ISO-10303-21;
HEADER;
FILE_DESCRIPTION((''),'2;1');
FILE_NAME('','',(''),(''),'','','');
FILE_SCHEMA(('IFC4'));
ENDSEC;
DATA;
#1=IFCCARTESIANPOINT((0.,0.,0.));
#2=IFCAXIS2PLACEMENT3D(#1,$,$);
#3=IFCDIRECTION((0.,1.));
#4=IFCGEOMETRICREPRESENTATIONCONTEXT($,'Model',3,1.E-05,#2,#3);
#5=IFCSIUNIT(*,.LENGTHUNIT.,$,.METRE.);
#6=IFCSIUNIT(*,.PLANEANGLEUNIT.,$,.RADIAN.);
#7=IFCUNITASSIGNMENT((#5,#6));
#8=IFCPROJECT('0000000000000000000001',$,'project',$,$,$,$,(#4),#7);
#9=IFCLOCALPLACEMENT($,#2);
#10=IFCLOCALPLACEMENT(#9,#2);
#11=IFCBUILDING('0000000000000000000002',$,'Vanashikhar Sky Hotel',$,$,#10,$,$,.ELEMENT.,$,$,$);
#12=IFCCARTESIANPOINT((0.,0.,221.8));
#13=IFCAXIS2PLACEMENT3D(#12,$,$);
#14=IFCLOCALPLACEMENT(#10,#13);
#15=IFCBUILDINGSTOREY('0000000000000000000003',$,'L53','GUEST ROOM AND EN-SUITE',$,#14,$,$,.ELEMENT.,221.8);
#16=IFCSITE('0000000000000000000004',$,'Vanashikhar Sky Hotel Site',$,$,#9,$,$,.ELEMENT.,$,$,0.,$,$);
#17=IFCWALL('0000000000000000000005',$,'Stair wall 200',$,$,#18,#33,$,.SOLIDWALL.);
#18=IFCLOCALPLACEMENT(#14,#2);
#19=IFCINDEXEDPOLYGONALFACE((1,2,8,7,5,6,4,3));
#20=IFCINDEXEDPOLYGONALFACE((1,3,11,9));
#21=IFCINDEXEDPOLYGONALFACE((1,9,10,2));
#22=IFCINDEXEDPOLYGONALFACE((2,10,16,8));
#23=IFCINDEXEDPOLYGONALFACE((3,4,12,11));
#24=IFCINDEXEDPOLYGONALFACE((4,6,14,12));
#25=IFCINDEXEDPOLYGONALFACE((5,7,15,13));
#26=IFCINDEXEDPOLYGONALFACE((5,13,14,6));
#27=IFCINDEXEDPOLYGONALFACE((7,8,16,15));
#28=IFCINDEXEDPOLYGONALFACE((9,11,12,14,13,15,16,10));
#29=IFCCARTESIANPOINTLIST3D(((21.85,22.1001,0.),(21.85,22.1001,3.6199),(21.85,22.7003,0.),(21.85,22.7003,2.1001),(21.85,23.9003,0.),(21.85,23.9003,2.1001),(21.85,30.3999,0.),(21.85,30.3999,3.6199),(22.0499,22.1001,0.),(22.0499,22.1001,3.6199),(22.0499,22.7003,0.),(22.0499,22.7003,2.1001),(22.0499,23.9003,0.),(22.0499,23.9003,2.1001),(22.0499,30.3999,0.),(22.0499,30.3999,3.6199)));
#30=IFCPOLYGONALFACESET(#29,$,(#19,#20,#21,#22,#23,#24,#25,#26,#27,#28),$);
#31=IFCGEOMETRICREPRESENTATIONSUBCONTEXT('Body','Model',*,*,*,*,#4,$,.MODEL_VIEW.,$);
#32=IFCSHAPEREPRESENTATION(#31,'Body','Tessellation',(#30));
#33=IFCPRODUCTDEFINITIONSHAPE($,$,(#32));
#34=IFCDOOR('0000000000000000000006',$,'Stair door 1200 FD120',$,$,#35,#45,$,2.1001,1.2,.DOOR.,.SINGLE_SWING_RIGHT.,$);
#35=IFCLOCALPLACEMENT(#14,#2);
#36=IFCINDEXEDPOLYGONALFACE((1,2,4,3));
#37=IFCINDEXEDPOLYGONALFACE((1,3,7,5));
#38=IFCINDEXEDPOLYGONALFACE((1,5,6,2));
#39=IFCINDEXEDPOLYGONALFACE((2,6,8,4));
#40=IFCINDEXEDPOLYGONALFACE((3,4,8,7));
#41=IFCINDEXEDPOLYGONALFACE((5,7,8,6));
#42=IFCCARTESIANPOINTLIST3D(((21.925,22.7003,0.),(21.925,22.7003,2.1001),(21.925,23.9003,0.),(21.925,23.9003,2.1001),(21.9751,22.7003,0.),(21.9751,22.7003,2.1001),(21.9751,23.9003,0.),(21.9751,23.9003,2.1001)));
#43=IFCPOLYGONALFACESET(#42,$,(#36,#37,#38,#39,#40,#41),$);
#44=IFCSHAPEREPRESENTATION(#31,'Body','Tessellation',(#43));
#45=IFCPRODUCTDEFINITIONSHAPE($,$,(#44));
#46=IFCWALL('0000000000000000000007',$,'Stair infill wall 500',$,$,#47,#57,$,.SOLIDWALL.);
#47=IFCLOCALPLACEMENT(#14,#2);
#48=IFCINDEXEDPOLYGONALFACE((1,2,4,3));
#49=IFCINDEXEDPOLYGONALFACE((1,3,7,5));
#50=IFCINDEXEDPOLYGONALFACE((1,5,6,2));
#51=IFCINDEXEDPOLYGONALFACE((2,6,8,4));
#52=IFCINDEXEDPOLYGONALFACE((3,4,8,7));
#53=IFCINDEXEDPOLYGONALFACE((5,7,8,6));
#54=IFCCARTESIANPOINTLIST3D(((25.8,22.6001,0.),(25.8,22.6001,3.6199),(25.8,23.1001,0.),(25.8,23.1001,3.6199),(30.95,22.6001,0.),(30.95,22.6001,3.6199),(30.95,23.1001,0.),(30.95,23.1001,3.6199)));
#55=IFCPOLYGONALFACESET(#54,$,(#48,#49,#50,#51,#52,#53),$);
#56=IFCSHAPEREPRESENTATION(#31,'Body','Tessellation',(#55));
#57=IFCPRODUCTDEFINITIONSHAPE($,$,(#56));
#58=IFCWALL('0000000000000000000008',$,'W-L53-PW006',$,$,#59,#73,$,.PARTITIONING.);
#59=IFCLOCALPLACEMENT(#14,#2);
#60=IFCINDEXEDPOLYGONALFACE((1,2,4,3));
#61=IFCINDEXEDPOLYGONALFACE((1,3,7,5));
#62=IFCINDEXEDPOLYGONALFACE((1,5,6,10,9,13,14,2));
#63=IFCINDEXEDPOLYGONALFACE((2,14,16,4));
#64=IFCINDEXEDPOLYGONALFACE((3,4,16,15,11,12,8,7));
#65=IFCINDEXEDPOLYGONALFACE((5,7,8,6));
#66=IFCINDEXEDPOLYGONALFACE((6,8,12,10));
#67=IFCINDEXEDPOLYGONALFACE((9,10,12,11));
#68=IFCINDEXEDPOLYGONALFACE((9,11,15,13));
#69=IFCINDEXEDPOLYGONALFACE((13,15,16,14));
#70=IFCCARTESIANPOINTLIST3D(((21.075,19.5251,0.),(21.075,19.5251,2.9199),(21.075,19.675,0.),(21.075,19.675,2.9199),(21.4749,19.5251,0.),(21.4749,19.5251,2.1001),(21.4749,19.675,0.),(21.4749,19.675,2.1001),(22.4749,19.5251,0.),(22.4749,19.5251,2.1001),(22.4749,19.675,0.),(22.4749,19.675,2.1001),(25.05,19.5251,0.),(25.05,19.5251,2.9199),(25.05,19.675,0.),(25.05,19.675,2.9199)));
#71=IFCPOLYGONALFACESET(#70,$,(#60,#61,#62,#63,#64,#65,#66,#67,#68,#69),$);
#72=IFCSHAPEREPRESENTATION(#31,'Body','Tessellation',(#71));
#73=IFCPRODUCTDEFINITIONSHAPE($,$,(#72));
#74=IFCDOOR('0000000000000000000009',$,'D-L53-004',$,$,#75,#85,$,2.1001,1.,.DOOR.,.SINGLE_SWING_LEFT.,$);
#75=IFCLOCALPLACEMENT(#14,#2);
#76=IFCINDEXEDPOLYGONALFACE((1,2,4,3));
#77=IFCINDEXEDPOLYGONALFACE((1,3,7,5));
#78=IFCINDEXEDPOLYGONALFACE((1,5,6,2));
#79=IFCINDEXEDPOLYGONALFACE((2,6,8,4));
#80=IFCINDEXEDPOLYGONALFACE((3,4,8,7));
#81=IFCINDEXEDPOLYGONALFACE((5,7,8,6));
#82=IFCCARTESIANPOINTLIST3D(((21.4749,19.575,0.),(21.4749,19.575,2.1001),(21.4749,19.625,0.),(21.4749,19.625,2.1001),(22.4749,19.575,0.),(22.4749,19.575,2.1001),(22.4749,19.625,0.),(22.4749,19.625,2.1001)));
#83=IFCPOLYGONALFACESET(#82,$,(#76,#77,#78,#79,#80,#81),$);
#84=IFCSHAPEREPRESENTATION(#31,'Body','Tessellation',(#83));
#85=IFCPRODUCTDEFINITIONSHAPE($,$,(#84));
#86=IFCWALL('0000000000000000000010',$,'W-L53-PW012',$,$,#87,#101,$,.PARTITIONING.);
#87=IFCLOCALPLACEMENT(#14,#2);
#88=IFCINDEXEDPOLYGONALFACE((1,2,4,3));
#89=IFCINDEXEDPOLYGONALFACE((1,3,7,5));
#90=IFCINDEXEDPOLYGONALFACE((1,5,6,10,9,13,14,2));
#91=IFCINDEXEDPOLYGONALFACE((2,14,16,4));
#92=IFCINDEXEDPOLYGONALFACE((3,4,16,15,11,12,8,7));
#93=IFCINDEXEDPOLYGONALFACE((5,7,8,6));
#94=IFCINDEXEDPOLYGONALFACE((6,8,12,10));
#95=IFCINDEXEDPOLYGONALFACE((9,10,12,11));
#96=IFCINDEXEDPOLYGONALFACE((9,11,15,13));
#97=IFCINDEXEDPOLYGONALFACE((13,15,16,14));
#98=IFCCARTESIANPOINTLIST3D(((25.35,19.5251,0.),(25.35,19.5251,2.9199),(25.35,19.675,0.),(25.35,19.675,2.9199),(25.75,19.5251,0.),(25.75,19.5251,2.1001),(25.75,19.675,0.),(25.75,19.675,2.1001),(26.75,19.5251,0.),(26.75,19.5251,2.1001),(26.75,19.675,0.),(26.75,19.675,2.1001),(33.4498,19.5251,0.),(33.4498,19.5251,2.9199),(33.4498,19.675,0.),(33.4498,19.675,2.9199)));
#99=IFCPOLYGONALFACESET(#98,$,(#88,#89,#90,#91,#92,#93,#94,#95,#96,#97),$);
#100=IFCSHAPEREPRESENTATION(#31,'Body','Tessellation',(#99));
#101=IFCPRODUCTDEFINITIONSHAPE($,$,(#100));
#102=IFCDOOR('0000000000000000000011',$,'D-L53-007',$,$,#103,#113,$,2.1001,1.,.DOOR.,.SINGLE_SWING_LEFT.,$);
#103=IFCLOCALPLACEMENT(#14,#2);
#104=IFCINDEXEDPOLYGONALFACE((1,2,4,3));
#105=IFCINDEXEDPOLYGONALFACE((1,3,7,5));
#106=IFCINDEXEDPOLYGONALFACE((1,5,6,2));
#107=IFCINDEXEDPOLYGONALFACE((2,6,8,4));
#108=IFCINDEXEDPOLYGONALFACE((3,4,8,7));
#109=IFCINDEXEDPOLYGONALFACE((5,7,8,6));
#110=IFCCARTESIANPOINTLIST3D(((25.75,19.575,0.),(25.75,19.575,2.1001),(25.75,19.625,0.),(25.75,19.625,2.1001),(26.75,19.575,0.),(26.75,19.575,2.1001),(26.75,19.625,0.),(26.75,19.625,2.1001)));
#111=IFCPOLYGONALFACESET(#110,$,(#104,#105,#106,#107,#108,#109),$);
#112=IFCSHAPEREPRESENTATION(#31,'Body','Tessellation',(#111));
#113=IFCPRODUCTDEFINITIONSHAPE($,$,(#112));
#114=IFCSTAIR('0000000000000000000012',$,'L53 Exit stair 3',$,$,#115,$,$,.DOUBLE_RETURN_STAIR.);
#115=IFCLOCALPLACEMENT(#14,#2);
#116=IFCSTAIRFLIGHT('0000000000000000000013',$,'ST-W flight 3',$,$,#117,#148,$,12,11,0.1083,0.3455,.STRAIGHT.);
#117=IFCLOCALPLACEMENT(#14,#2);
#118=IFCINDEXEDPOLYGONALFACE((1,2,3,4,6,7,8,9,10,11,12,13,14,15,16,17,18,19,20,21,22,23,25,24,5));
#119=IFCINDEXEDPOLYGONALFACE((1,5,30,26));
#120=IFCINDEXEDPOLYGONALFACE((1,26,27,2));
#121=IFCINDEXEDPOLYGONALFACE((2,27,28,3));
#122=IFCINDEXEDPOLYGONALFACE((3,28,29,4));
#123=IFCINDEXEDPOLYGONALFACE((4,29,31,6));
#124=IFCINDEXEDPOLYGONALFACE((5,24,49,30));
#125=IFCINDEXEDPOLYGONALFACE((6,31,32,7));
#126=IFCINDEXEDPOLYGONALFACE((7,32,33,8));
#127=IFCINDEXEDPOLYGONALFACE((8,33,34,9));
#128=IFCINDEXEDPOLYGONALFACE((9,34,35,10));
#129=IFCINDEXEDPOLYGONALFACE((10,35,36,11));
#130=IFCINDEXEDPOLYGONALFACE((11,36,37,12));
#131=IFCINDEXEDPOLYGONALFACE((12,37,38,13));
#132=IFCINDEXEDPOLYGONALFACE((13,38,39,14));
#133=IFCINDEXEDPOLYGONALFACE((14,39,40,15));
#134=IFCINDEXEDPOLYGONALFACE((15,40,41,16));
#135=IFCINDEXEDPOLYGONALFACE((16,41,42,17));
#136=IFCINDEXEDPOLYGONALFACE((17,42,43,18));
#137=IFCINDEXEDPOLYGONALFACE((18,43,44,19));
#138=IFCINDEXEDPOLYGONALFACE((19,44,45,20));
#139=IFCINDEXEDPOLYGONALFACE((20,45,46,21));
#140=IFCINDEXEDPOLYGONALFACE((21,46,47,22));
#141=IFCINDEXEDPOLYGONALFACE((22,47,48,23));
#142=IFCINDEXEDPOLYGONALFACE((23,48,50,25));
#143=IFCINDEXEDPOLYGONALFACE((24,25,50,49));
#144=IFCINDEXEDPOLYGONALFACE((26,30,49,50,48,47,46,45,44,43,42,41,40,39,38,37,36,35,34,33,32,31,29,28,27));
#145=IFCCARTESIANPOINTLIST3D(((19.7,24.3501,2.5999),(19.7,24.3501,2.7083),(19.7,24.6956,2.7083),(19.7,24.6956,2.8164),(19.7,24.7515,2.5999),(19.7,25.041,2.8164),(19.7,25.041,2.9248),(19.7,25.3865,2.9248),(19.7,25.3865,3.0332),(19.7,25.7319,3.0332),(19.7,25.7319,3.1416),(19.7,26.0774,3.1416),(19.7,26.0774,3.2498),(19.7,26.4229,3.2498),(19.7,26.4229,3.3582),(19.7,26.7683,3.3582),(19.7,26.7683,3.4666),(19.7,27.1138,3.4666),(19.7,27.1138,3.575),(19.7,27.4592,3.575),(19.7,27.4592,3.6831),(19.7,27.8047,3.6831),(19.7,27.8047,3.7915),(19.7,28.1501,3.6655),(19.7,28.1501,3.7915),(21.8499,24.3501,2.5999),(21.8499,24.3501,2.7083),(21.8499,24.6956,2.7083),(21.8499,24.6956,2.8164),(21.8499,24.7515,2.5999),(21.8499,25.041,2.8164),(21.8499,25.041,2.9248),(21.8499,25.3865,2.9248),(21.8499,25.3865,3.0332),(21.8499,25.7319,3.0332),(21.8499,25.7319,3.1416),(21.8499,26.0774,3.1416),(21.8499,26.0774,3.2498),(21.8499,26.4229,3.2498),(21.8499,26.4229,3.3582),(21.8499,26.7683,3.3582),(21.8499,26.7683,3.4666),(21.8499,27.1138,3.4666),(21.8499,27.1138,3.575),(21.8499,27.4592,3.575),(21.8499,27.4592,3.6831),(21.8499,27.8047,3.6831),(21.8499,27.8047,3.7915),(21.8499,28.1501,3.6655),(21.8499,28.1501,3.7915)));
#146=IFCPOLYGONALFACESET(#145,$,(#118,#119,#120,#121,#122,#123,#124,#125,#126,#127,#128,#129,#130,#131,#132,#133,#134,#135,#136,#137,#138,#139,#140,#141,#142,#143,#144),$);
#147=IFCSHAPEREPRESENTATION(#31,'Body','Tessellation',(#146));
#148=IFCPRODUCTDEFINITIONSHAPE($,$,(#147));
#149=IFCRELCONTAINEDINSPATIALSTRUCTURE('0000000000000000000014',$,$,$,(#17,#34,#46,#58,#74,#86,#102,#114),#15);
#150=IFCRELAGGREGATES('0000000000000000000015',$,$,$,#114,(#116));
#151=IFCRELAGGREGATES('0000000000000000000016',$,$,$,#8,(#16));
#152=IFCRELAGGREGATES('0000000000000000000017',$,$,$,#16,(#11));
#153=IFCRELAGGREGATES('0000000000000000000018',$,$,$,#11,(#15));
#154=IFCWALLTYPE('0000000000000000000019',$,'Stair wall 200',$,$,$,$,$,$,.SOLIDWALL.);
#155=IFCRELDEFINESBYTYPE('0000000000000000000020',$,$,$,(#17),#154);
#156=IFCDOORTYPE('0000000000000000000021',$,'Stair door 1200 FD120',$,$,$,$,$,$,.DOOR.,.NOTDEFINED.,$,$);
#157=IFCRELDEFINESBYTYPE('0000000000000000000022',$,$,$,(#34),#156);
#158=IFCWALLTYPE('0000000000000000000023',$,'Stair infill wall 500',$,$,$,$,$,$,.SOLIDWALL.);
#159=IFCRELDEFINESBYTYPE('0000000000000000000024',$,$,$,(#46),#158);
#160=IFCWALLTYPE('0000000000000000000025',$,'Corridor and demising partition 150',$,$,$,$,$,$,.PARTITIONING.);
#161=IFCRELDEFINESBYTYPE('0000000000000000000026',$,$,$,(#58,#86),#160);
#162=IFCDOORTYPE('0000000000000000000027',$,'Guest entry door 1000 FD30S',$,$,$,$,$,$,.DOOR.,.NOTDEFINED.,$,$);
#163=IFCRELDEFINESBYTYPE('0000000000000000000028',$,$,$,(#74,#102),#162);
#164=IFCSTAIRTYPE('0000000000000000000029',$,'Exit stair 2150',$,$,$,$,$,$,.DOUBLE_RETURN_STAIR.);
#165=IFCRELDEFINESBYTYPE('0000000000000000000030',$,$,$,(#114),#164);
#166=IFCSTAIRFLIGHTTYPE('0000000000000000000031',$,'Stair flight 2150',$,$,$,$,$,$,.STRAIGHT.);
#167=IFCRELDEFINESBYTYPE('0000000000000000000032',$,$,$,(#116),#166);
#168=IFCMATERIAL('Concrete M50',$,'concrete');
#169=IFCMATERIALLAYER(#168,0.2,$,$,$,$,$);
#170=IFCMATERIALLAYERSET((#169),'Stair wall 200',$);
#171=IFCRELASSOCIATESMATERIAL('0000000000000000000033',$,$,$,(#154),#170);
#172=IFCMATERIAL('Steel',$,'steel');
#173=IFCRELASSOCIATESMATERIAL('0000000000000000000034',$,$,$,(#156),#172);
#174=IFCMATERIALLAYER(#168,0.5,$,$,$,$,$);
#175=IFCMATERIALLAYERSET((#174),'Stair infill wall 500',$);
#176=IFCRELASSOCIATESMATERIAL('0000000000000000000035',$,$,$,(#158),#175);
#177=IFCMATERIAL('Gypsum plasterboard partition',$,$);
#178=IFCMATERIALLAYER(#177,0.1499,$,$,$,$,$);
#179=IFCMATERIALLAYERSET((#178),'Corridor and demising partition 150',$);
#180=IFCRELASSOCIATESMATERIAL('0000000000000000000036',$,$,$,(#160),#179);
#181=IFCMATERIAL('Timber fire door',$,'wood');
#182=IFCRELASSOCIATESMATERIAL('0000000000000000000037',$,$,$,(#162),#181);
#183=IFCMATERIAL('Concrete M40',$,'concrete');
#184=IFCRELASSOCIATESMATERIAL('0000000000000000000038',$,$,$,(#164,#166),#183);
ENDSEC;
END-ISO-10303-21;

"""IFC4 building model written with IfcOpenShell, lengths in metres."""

from ifc_helpers import new_model, si_unit, direction, frame, frame_2d, origin, place, context, subcontext, project, spatial, polyline, rectangle, outline, extrude, source, transform, mapped, material, layer, layer_set, type_object, element, fill, aggregate, save


model = new_model("IFC4")

# Units and contexts
model_context = context("Model", 3, precision=1e-05, world=origin(), true_north=direction((0.0, 1.0)))
body_context = subcontext(model_context, "Body", "Model", "MODEL_VIEW")
ifc_project = project(units=[si_unit("LENGTHUNIT", "METRE"), si_unit("PLANEANGLEUNIT", "RADIAN")], contexts=[model_context])

# Site, building, storey
site_placement = place(None, origin())
site = spatial("IfcSite", under=ifc_project, at=site_placement, Name="Vanashikhar Sky Hotel Site", CompositionType="ELEMENT", RefElevation=0.0)
building_placement = place(site_placement, origin())
building = spatial("IfcBuilding", under=site, at=building_placement, Name="Vanashikhar Sky Hotel", CompositionType="ELEMENT")
storey_placement = place(building_placement, frame((0.0, 0.0, 221.8)))
storey = spatial("IfcBuildingStorey", under=building, at=storey_placement, Name="L53", Description="GUEST ROOM AND EN-SUITE", CompositionType="ELEMENT", Elevation=221.8)

# Shared definitions
ifc_material_1 = material(Name="Steel", Category="steel")

# Wall, opening, door
ifc_material_2 = material(Name="Concrete M50", Category="concrete")
ifc_layer_1 = layer(ifc_material_2, 0.2)
ifc_layer_set_1 = layer_set([ifc_layer_1], Name="Stair wall 200")
wall_type_1 = type_object("IfcWallType", Name="Stair wall 200", PredefinedType="SOLIDWALL", material=ifc_layer_set_1)
shared_shape_1 = source(origin(), body_context, "Body", "SweptSolid", [
    extrude(rectangle(XDim=8.2998, YDim=0.2, at=frame_2d((4.1499, 0.0))), origin(), (0.0, 0.0, 1.0), 3.6199),
])
wall_1_placement = place(storey_placement, frame((21.95, 22.1001, 0.0), z_axis=(0.0, 0.0, 1.0), x_axis=(0.0, 1.0, 0.0)))
wall_1 = element("IfcWall", 1, at=wall_1_placement, inside=storey, type_object=wall_type_1, Name="Stair wall 200", PredefinedType="SOLIDWALL", context=body_context, shape_type="MappedRepresentation", body=[
    mapped(shared_shape_1, transform((0.0, 0.0, 0.0), scale=1.0)),
])
shared_shape_2 = source(origin(), body_context, "Body", "SweptSolid", [
    extrude(rectangle(XDim=1.2, YDim=2.1001, at=frame_2d((0.6001, 1.05))), frame((0.0, 0.1099, 0.0), z_axis=(0.0, -1.0, 0.0), x_axis=(1.0, 0.0, 0.0)), (0.0, 0.0, 1.0), 0.22),
])
opening_1_placement = place(wall_1_placement, frame((0.6001, 0.0, 0.0)))
opening_1 = element("IfcOpeningElement", 2, at=opening_1_placement, cuts=wall_1, PredefinedType="OPENING", context=body_context, shape_type="MappedRepresentation", body=[
    mapped(shared_shape_2, transform((0.0, 0.0, 0.0), scale=1.0)),
])
door_type_1 = type_object("IfcDoorType", Name="Stair door 1200 FD120", OperationType="NOTDEFINED", PredefinedType="DOOR", material=ifc_material_1)
shared_shape_3 = source(origin(), body_context, "Body", "SweptSolid", [
    extrude(rectangle(XDim=1.2, YDim=2.1001, at=frame_2d((0.6001, 1.05))), frame((0.0, 0.0249, 0.0), z_axis=(0.0, -1.0, 0.0), x_axis=(1.0, 0.0, 0.0)), (0.0, 0.0, 1.0), 0.05),
])
door_1_placement = place(opening_1_placement, origin())
door_1 = element("IfcDoor", 3, at=door_1_placement, inside=storey, type_object=door_type_1, Name="Stair door 1200 FD120", OperationType="SINGLE_SWING_RIGHT", OverallHeight=2.1001, OverallWidth=1.2, PredefinedType="DOOR", context=body_context, shape_type="MappedRepresentation", body=[
    mapped(shared_shape_3, transform((0.0, 0.0, 0.0), scale=1.0)),
])
fill(opening_1, door_1)

# Wall
ifc_layer_2 = layer(ifc_material_2, 0.5)
ifc_layer_set_2 = layer_set([ifc_layer_2], Name="Stair infill wall 500")
wall_type_2 = type_object("IfcWallType", Name="Stair infill wall 500", PredefinedType="SOLIDWALL", material=ifc_layer_set_2)
shared_shape_4 = source(origin(), body_context, "Body", "SweptSolid", [
    extrude(rectangle(XDim=5.1499, YDim=0.5, at=frame_2d((2.575, 0.0))), origin(), (0.0, 0.0, 1.0), 3.6199),
])
wall_2_placement = place(storey_placement, frame((25.8, 22.8501, 0.0), z_axis=(0.0, 0.0, 1.0), x_axis=(1.0, 0.0, 0.0)))
element("IfcWall", 4, at=wall_2_placement, inside=storey, type_object=wall_type_2, Name="Stair infill wall 500", PredefinedType="SOLIDWALL", context=body_context, shape_type="MappedRepresentation", body=[
    mapped(shared_shape_4, transform((0.0, 0.0, 0.0), scale=1.0)),
])

# Walls, openings, doors
ifc_material_3 = material(Name="Gypsum plasterboard partition")
ifc_layer_3 = layer(ifc_material_3, 0.1499)
ifc_layer_set_3 = layer_set([ifc_layer_3], Name="Corridor and demising partition 150")
wall_type_3 = type_object("IfcWallType", Name="Corridor and demising partition 150", PredefinedType="PARTITIONING", material=ifc_layer_set_3)
shared_shape_5 = source(origin(), body_context, "Body", "SweptSolid", [
    extrude(rectangle(XDim=3.9751, YDim=0.1499, at=frame_2d((1.9875, 0.0))), origin(), (0.0, 0.0, 1.0), 2.9199),
])
wall_3_placement = place(storey_placement, frame((21.075, 19.6001, 0.0), z_axis=(0.0, 0.0, 1.0), x_axis=(1.0, 0.0, 0.0)))
wall_3 = element("IfcWall", 5, at=wall_3_placement, inside=storey, type_object=wall_type_3, Name="W-L53-PW006", PredefinedType="PARTITIONING", context=body_context, shape_type="MappedRepresentation", body=[
    mapped(shared_shape_5, transform((0.0, 0.0, 0.0), scale=1.0)),
])
shared_shape_6 = source(origin(), body_context, "Body", "SweptSolid", [
    extrude(rectangle(XDim=1.0, YDim=2.1001, at=frame_2d((0.5, 1.05))), frame((0.0, 0.085, 0.0), z_axis=(0.0, -1.0, 0.0), x_axis=(1.0, 0.0, 0.0)), (0.0, 0.0, 1.0), 0.1699),
])
opening_2_placement = place(wall_3_placement, frame((0.3999, 0.0, 0.0)))
opening_2 = element("IfcOpeningElement", 6, at=opening_2_placement, cuts=wall_3, PredefinedType="OPENING", context=body_context, shape_type="MappedRepresentation", body=[
    mapped(shared_shape_6, transform((0.0, 0.0, 0.0), scale=1.0)),
])
ifc_material_4 = material(Name="Timber fire door", Category="wood")
door_type_2 = type_object("IfcDoorType", Name="Guest entry door 1000 FD30S", OperationType="NOTDEFINED", PredefinedType="DOOR", material=ifc_material_4)
shared_shape_7 = source(origin(), body_context, "Body", "SweptSolid", [
    extrude(rectangle(XDim=1.0, YDim=2.1001, at=frame_2d((0.5, 1.05))), frame((0.0, 0.0249, 0.0), z_axis=(0.0, -1.0, 0.0), x_axis=(1.0, 0.0, 0.0)), (0.0, 0.0, 1.0), 0.05),
])
door_2_placement = place(opening_2_placement, origin())
door_2 = element("IfcDoor", 7, at=door_2_placement, inside=storey, type_object=door_type_2, Name="D-L53-004", OperationType="SINGLE_SWING_LEFT", OverallHeight=2.1001, OverallWidth=1.0, PredefinedType="DOOR", context=body_context, shape_type="MappedRepresentation", body=[
    mapped(shared_shape_7, transform((0.0, 0.0, 0.0), scale=1.0)),
])
fill(opening_2, door_2)
shared_shape_8 = source(origin(), body_context, "Body", "SweptSolid", [
    extrude(rectangle(XDim=8.0999, YDim=0.1499, at=frame_2d((4.0498, 0.0))), origin(), (0.0, 0.0, 1.0), 2.9199),
])
wall_4_placement = place(storey_placement, frame((25.3501, 19.6001, 0.0), z_axis=(0.0, 0.0, 1.0), x_axis=(1.0, 0.0, 0.0)))
wall_4 = element("IfcWall", 8, at=wall_4_placement, inside=storey, type_object=wall_type_3, Name="W-L53-PW012", PredefinedType="PARTITIONING", context=body_context, shape_type="MappedRepresentation", body=[
    mapped(shared_shape_8, transform((0.0, 0.0, 0.0), scale=1.0)),
])
opening_3_placement = place(wall_4_placement, frame((0.3999, 0.0, 0.0)))
opening_3 = element("IfcOpeningElement", 9, at=opening_3_placement, cuts=wall_4, PredefinedType="OPENING", context=body_context, shape_type="MappedRepresentation", body=[
    mapped(shared_shape_6, transform((0.0, 0.0, 0.0), scale=1.0)),
])
door_3_placement = place(opening_3_placement, origin())
door_3 = element("IfcDoor", 10, at=door_3_placement, inside=storey, type_object=door_type_2, Name="D-L53-007", OperationType="SINGLE_SWING_LEFT", OverallHeight=2.1001, OverallWidth=1.0, PredefinedType="DOOR", context=body_context, shape_type="MappedRepresentation", body=[
    mapped(shared_shape_7, transform((0.0, 0.0, 0.0), scale=1.0)),
])
fill(opening_3, door_3)

# Stair, stair flight
ifc_material_5 = material(Name="Concrete M40", Category="concrete")
stair_type = type_object("IfcStairType", Name="Exit stair 2150", PredefinedType="DOUBLE_RETURN_STAIR", material=ifc_material_5)
stair_placement = place(storey_placement, origin())
stair = element("IfcStair", 11, at=stair_placement, inside=storey, type_object=stair_type, Name="L53 Exit stair 3", PredefinedType="DOUBLE_RETURN_STAIR")
stair_flight_type = type_object("IfcStairFlightType", Name="Stair flight 2150", PredefinedType="STRAIGHT", material=ifc_material_5)
shared_shape_9 = source(origin(), body_context, "Body", "SweptSolid", [
    extrude(outline(polyline([(0.0, 0.0), (0.0, 0.1084), (0.3455, 0.1084), (0.3455, 0.2166), (0.6909, 0.2166), (0.6909, 0.325), (1.0364, 0.325), (1.0364, 0.4333), (1.3818, 0.4333), (1.3818, 0.5417), (1.7273, 0.5417), (1.7273, 0.6499), (2.0728, 0.6499), (2.0728, 0.7583), (2.4182, 0.7583), (2.4182, 0.8667), (2.7637, 0.8667), (2.7637, 0.9751), (3.1091, 0.9751), (3.1091, 1.0833), (3.4546, 1.0833), (3.4546, 1.1917), (3.8, 1.1917), (3.8, 1.3), (3.8, 1.0657), (0.4014, 0.0), (0.0, 0.0)])), frame((0.0, 1.075, 0.0), z_axis=(0.0, -1.0, 0.0), x_axis=(1.0, 0.0, 0.0)), (0.0, 0.0, 1.0), 2.1499),
])
stair_flight_placement = place(storey_placement, frame((20.7749, 24.3501, 2.5999), z_axis=(0.0, 0.0, 1.0), x_axis=(0.0, 1.0, 0.0)))
stair_flight = element("IfcStairFlight", 12, at=stair_flight_placement, type_object=stair_flight_type, Name="ST-W flight 3", NumberOfRisers=12, NumberOfTreads=11, PredefinedType="STRAIGHT", RiserHeight=0.1083, TreadLength=0.3455, context=body_context, shape_type="MappedRepresentation", body=[
    mapped(shared_shape_9, transform((0.0, 0.0, 0.0), scale=1.0)),
])
aggregate(stair, [stair_flight])

save(model, "model.ifc")
